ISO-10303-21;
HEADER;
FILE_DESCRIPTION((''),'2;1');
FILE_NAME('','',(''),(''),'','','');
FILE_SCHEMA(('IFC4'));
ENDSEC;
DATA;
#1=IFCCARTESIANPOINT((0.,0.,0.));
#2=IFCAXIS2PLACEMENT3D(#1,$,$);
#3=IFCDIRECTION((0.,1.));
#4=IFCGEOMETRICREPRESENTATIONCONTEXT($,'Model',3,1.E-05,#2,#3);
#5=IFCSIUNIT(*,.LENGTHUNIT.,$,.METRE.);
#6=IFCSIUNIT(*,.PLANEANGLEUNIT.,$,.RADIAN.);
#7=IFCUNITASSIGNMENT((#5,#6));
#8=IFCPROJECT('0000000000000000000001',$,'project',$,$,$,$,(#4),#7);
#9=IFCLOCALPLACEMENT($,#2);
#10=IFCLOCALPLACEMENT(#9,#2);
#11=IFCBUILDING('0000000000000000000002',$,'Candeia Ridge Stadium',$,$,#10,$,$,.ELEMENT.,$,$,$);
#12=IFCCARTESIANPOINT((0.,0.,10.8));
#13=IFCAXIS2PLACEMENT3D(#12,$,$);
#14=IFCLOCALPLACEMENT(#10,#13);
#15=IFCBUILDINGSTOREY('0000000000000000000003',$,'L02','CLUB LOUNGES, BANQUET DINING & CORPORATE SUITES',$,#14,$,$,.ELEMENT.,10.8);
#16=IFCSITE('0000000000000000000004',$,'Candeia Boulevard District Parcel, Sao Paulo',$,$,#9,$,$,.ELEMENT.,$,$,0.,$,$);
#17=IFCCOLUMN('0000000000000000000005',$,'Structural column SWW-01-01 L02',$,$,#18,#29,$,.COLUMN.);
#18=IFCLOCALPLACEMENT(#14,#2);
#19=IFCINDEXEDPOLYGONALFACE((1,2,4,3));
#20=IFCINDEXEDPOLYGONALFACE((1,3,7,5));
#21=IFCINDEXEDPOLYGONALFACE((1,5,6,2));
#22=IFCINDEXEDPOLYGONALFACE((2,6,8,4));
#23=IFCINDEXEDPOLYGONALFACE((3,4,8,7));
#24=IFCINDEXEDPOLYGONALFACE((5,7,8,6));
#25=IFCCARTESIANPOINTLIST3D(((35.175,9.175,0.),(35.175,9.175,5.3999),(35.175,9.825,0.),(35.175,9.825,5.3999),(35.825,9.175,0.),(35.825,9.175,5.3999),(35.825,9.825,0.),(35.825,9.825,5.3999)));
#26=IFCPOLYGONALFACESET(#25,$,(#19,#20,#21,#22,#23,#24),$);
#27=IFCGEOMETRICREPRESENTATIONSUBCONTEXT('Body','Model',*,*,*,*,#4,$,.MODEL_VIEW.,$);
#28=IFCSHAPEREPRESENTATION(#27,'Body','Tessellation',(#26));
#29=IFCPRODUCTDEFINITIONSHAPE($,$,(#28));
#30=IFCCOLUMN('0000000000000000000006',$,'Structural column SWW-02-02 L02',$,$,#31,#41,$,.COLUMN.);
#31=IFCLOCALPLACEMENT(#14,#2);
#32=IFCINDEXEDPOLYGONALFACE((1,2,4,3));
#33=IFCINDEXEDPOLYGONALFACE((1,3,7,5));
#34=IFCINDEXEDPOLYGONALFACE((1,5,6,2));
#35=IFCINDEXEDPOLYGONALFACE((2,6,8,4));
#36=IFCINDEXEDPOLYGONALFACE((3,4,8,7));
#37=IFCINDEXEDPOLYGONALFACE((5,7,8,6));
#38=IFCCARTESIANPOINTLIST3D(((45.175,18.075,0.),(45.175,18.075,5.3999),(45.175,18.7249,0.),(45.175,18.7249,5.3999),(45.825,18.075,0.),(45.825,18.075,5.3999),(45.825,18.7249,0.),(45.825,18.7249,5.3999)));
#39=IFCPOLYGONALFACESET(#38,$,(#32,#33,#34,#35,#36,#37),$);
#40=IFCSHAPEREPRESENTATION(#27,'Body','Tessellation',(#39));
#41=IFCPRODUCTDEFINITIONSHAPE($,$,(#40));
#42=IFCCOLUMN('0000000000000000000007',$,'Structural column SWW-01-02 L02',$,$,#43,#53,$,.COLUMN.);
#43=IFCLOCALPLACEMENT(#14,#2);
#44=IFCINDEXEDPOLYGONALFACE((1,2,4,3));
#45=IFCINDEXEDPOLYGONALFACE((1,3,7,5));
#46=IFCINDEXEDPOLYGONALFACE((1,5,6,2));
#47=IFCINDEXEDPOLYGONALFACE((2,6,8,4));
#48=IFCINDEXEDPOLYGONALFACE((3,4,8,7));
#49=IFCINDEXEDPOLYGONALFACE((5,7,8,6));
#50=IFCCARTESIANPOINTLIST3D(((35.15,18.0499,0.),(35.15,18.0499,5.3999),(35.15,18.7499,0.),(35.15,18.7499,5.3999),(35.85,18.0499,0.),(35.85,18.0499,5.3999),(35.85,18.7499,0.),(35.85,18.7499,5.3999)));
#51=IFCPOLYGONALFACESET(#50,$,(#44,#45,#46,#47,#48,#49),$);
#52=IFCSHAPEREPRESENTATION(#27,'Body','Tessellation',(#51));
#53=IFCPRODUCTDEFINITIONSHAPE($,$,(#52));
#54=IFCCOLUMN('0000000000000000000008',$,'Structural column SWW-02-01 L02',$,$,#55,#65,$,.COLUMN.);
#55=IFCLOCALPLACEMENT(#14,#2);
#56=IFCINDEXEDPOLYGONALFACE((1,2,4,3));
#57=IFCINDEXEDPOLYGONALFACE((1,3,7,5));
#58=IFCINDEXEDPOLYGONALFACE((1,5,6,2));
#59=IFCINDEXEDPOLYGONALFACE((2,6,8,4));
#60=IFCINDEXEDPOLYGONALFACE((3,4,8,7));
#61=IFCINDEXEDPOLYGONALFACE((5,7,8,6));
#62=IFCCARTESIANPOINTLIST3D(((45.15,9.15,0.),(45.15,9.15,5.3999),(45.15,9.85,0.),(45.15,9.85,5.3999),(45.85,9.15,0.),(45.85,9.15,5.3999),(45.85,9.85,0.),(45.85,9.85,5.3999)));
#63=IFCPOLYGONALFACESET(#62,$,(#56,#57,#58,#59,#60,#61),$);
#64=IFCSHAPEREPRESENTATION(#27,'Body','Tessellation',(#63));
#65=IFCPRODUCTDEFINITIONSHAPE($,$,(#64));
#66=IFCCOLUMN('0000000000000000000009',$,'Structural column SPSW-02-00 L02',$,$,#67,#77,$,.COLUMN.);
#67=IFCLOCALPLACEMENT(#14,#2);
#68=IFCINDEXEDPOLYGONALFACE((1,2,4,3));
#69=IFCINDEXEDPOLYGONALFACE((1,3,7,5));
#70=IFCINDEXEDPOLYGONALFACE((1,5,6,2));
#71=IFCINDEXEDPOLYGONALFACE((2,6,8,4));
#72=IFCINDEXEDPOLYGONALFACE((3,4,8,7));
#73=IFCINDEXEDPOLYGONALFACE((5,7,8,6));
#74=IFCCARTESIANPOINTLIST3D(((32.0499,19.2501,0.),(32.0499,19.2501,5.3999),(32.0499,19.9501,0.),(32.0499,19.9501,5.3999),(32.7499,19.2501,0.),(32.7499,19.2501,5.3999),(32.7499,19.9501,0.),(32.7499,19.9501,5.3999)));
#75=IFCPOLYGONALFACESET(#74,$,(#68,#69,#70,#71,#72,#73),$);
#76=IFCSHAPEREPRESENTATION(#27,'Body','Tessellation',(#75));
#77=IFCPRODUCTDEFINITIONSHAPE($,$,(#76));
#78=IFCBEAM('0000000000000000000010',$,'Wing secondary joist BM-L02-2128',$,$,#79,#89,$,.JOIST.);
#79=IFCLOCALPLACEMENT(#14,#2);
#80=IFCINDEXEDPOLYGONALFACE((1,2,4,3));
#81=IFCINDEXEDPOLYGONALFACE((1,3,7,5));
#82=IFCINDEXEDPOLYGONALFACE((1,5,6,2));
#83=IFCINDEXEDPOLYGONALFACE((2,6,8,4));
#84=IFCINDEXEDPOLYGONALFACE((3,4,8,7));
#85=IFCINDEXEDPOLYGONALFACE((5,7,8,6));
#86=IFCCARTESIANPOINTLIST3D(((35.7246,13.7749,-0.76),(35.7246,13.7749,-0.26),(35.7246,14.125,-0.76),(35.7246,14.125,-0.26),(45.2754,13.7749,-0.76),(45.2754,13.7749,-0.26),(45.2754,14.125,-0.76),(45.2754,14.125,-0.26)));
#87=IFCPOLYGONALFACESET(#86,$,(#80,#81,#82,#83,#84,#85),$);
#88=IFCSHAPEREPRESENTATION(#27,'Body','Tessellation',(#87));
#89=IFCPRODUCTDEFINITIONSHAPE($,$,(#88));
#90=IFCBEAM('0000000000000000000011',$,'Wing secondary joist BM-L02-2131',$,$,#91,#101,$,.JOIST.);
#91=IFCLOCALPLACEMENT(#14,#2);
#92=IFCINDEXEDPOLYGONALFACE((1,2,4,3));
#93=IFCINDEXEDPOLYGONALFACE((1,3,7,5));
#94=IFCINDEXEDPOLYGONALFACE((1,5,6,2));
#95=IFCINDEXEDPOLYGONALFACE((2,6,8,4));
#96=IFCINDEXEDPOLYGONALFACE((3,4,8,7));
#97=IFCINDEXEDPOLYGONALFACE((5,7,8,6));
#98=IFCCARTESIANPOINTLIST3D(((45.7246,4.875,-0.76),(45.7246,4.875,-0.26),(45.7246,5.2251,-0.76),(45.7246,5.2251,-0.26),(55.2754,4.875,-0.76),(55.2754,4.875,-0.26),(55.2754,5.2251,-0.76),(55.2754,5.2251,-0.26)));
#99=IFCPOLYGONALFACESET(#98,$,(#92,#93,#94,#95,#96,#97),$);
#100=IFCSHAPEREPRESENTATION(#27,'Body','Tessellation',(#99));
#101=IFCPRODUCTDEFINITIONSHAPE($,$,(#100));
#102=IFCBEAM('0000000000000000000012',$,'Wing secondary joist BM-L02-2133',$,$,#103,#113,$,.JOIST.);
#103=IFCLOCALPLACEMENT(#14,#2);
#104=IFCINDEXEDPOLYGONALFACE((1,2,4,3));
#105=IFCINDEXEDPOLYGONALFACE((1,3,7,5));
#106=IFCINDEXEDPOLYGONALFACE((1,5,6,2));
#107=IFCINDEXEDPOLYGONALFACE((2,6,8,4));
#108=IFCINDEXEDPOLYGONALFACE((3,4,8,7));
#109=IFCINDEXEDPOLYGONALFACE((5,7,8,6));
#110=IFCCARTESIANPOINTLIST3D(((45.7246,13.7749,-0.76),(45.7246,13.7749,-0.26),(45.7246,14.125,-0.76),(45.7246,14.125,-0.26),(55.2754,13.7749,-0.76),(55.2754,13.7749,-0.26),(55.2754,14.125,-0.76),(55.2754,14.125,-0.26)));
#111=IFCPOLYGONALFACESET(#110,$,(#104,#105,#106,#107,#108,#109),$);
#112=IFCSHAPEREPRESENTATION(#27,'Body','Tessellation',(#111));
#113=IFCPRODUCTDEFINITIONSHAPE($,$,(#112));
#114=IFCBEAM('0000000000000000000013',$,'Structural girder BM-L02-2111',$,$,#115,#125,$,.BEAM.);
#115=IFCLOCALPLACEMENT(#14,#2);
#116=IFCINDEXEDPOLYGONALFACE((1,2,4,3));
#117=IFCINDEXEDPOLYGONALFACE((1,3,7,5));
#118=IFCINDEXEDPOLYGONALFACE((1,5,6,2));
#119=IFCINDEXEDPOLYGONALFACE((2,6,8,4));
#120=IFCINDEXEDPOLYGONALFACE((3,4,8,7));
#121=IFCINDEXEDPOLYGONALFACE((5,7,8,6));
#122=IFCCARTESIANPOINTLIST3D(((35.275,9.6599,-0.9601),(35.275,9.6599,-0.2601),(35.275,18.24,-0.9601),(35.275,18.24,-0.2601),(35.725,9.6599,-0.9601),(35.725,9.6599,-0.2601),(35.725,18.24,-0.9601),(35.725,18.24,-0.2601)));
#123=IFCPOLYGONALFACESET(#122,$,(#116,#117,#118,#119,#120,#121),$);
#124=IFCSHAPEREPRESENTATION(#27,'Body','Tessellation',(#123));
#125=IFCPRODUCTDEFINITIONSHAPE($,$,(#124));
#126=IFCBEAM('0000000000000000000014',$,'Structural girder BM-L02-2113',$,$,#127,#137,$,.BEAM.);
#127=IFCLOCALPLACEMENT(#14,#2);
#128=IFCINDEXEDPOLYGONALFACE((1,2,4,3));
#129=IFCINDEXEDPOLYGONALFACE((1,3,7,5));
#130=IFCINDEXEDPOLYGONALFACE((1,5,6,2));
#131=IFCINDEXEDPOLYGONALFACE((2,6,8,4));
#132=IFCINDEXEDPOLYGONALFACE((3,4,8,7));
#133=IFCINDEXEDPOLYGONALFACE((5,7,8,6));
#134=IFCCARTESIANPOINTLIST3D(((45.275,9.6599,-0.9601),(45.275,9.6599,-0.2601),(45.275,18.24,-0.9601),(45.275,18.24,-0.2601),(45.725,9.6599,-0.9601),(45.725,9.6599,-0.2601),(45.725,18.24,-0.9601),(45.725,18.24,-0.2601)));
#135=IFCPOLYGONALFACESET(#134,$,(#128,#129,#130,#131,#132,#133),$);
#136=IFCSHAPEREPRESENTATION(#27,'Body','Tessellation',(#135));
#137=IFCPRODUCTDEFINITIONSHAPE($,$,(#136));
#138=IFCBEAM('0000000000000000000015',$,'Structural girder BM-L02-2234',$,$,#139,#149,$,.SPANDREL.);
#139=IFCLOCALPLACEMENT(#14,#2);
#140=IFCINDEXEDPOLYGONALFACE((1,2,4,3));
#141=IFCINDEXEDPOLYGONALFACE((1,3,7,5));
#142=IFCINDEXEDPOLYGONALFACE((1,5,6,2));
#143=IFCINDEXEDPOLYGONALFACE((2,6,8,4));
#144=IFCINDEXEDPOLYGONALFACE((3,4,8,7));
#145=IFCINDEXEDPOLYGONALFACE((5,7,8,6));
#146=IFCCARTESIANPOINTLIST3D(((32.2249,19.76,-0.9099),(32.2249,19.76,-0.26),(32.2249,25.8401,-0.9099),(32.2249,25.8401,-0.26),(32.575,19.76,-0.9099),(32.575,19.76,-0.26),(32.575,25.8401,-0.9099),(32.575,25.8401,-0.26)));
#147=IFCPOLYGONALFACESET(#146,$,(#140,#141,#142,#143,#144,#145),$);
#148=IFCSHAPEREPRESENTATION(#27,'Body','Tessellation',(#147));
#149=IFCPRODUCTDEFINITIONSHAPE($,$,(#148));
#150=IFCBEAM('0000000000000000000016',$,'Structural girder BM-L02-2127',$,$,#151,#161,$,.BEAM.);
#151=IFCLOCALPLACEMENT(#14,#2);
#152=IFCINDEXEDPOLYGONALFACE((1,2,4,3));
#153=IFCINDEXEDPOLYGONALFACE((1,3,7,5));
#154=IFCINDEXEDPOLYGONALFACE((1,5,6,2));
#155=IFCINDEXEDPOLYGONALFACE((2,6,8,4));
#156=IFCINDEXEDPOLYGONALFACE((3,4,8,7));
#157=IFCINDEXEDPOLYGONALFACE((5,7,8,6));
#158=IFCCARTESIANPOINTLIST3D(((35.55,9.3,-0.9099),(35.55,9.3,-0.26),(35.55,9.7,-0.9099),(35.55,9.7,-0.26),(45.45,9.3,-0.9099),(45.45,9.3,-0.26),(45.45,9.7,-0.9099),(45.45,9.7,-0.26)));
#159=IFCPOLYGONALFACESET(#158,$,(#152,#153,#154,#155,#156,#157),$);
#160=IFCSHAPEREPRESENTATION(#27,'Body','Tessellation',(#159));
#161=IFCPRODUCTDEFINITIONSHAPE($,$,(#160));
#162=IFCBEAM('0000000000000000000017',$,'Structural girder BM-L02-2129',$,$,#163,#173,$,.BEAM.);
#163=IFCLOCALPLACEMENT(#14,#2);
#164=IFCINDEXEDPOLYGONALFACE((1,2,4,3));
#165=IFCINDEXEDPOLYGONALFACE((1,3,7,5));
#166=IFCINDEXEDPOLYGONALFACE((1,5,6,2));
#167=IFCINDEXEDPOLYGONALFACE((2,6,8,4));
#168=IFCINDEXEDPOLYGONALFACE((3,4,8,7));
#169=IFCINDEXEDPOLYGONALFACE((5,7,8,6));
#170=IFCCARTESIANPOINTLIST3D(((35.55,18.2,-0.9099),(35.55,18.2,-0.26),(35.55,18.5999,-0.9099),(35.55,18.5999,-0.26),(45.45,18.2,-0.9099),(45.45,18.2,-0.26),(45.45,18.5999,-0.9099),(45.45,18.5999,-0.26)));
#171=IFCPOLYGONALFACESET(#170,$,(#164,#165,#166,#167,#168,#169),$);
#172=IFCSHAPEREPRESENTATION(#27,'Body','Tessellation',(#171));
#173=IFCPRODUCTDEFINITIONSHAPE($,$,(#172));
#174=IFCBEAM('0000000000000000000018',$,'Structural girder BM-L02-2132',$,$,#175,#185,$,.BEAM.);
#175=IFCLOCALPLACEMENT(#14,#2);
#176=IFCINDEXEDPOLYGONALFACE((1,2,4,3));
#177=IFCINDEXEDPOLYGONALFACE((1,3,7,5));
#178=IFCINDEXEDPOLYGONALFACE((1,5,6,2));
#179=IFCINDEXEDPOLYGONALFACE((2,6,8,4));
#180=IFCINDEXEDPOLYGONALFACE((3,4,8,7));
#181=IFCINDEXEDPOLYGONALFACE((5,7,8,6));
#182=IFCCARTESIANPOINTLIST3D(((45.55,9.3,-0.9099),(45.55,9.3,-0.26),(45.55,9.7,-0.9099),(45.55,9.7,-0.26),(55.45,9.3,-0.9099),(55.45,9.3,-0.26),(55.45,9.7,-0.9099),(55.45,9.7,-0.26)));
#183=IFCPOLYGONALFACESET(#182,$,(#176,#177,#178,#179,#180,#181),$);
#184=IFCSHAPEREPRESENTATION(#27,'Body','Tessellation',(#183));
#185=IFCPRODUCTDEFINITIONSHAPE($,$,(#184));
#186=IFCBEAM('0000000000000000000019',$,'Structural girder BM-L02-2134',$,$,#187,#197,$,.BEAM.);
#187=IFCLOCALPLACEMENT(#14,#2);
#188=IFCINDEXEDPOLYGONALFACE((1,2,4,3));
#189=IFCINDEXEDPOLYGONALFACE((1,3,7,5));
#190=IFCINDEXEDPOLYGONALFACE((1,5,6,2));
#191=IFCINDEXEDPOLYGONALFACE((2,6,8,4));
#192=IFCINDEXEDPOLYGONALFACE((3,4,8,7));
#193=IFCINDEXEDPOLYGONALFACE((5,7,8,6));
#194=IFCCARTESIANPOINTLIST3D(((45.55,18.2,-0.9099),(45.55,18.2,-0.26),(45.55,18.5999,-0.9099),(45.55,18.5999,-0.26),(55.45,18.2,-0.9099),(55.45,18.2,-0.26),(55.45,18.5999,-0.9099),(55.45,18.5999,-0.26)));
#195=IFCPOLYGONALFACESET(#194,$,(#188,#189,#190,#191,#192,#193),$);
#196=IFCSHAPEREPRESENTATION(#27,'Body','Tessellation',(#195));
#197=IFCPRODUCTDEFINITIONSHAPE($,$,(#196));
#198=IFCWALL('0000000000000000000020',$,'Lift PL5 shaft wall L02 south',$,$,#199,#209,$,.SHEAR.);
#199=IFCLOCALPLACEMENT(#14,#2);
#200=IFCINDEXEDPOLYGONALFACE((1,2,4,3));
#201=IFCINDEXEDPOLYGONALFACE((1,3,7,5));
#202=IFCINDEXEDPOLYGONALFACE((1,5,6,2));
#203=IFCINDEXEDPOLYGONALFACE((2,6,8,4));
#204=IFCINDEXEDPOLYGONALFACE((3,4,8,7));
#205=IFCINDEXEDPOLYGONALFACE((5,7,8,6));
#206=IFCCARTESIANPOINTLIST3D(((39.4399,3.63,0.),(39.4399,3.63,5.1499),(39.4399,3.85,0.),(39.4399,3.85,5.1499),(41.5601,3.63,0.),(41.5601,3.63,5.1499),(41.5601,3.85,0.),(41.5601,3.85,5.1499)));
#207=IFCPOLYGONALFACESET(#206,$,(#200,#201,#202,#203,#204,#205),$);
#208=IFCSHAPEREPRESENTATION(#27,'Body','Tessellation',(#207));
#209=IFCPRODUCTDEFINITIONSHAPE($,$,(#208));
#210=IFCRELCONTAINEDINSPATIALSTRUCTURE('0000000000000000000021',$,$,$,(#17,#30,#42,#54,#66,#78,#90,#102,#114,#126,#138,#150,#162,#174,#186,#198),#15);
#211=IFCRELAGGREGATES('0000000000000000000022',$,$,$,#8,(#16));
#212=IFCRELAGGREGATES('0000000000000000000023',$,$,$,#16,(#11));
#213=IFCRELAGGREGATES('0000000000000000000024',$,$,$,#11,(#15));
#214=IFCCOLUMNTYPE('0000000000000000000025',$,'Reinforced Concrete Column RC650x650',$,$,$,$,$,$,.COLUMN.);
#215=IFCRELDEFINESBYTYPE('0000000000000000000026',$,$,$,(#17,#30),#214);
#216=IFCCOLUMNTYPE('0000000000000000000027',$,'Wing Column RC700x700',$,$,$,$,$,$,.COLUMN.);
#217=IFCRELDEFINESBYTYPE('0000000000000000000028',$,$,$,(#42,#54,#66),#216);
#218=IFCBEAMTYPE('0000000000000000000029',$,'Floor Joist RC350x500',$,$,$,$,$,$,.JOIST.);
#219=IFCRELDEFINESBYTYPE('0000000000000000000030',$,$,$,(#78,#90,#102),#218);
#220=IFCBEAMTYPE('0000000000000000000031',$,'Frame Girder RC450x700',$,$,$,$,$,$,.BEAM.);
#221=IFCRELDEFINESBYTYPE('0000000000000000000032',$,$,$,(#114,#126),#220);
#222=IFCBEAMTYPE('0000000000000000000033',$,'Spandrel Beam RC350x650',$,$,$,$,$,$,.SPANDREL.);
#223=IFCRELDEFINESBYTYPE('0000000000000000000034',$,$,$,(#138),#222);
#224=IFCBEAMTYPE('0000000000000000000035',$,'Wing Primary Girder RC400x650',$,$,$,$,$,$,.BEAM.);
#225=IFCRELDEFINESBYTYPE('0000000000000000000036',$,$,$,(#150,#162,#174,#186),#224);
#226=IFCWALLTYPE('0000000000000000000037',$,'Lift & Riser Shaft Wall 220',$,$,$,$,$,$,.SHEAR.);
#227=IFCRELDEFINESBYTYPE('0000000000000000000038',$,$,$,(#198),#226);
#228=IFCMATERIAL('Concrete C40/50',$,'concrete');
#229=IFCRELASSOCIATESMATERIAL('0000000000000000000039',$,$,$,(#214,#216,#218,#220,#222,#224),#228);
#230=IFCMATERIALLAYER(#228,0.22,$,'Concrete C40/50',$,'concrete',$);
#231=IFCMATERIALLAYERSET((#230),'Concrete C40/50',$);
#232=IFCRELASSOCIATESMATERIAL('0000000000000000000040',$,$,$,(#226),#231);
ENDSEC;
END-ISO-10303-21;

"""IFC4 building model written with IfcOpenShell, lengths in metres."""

from ifc_helpers import new_model, si_unit, direction, frame, frame_2d, origin, origin_2d, place, context, subcontext, project, spatial, rectangle, extrude, material, layer, layer_set, material_profile, profile_set, type_object, element, save


model = new_model("IFC4")

# Units and contexts
model_context = context("Model", 3, precision=1e-05, world=origin(), true_north=direction((0.0, 1.0)))
body_context = subcontext(model_context, "Body", "Model", "MODEL_VIEW")
ifc_project = project(units=[si_unit("LENGTHUNIT", "METRE"), si_unit("PLANEANGLEUNIT", "RADIAN")], contexts=[model_context])

# Site, building, storey
site_placement = place(None, origin())
site = spatial("IfcSite", under=ifc_project, at=site_placement, Name="Candeia Boulevard District Parcel, Sao Paulo", CompositionType="ELEMENT", RefElevation=0.0)
building_placement = place(site_placement, origin())
building = spatial("IfcBuilding", under=site, at=building_placement, Name="Candeia Ridge Stadium", CompositionType="ELEMENT")
storey_placement = place(building_placement, frame((0.0, 0.0, 10.8)))
storey = spatial("IfcBuildingStorey", under=building, at=storey_placement, Name="L02", Description="CLUB LOUNGES, BANQUET DINING & CORPORATE SUITES", CompositionType="ELEMENT", Elevation=10.8)

# Columns
ifc_material_1 = material(Name="Concrete C40/50", Category="concrete")
ifc_material_profile_1 = material_profile(ifc_material_1, rectangle(XDim=0.6499, YDim=0.6499, at=origin_2d()), Name="RC650x650", Category="concrete")
ifc_profile_set_1 = profile_set([ifc_material_profile_1], Name="Concrete C40/50")
column_type_1 = type_object("IfcColumnType", Name="Reinforced Concrete Column RC650x650", PredefinedType="COLUMN", material=ifc_profile_set_1)
for number, where, z_axis, x_axis, name in (
    (1, (35.5, 9.5, 0.0), (0.0, 0.0, 1.0), (1.0, 0.0, 0.0), "Structural column SWW-01-01 L02"),
    (2, (45.5, 18.3999, 0.0), (0.0, 0.0, 1.0), (1.0, 0.0, 0.0), "Structural column SWW-02-02 L02"),
):
    element("IfcColumn", number, at=place(storey_placement, frame(where, z_axis=z_axis, x_axis=x_axis)), inside=storey, type_object=column_type_1, Name=name, PredefinedType="COLUMN", context=body_context, shape_type="SweptSolid", body=[
        extrude(rectangle(XDim=0.6499, YDim=0.6499, at=origin_2d()), origin(), (0.0, 0.0, 1.0), 5.3999),
    ])
ifc_material_profile_2 = material_profile(ifc_material_1, rectangle(XDim=0.7, YDim=0.7, at=origin_2d()), Name="RC700x700", Category="concrete")
ifc_profile_set_2 = profile_set([ifc_material_profile_2], Name="Concrete C40/50")
column_type_2 = type_object("IfcColumnType", Name="Wing Column RC700x700", PredefinedType="COLUMN", material=ifc_profile_set_2)
for number, where, z_axis, x_axis, name in (
    (3, (35.5, 18.3999, 0.0), (0.0, 0.0, 1.0), (1.0, 0.0, 0.0), "Structural column SWW-01-02 L02"),
    (4, (45.5, 9.5, 0.0), (0.0, 0.0, 1.0), (1.0, 0.0, 0.0), "Structural column SWW-02-01 L02"),
    (5, (32.3999, 19.6001, 0.0), (0.0, 0.0, 1.0), (1.0, 0.0, 0.0), "Structural column SPSW-02-00 L02"),
):
    element("IfcColumn", number, at=place(storey_placement, frame(where, z_axis=z_axis, x_axis=x_axis)), inside=storey, type_object=column_type_2, Name=name, PredefinedType="COLUMN", context=body_context, shape_type="SweptSolid", body=[
        extrude(rectangle(XDim=0.7, YDim=0.7, at=origin_2d()), origin(), (0.0, 0.0, 1.0), 5.3999),
    ])

# Beams
ifc_material_profile_3 = material_profile(ifc_material_1, rectangle(XDim=0.3501, YDim=0.5, at=origin_2d()), Name="RC350x500", Category="concrete")
ifc_profile_set_3 = profile_set([ifc_material_profile_3], Name="Concrete C40/50")
beam_type_1 = type_object("IfcBeamType", Name="Floor Joist RC350x500", PredefinedType="JOIST", material=ifc_profile_set_3)
for number, where, z_axis, x_axis, name in (
    (6, (35.7246, 13.95, -0.51), (1.0, 0.0, 0.0), (0.0, 1.0, 0.0), "Wing secondary joist BM-L02-2128"),
    (7, (45.7246, 5.05, -0.51), (1.0, 0.0, 0.0), (0.0, 1.0, 0.0), "Wing secondary joist BM-L02-2131"),
    (8, (45.7246, 13.95, -0.51), (1.0, 0.0, 0.0), (0.0, 1.0, 0.0), "Wing secondary joist BM-L02-2133"),
):
    element("IfcBeam", number, at=place(storey_placement, frame(where, z_axis=z_axis, x_axis=x_axis)), inside=storey, type_object=beam_type_1, Name=name, PredefinedType="JOIST", context=body_context, shape_type="SweptSolid", body=[
        extrude(rectangle(XDim=0.3501, YDim=0.5, at=origin_2d()), origin(), (0.0, 0.0, 1.0), 9.5508),
    ])
ifc_material_profile_4 = material_profile(ifc_material_1, rectangle(XDim=0.45, YDim=0.7, at=origin_2d()), Name="RC450x700", Category="concrete")
ifc_profile_set_4 = profile_set([ifc_material_profile_4], Name="Concrete C40/50")
beam_type_2 = type_object("IfcBeamType", Name="Frame Girder RC450x700", PredefinedType="BEAM", material=ifc_profile_set_4)
for number, where, z_axis, x_axis, name in (
    (9, (35.5, 9.6599, -0.6101), (0.0, 1.0, 0.0), (-1.0, 0.0, 0.0), "Structural girder BM-L02-2111"),
    (10, (45.5, 9.6599, -0.6101), (0.0, 1.0, 0.0), (-1.0, 0.0, 0.0), "Structural girder BM-L02-2113"),
):
    element("IfcBeam", number, at=place(storey_placement, frame(where, z_axis=z_axis, x_axis=x_axis)), inside=storey, type_object=beam_type_2, Name=name, PredefinedType="BEAM", context=body_context, shape_type="SweptSolid", body=[
        extrude(rectangle(XDim=0.45, YDim=0.7, at=origin_2d()), origin(), (0.0, 0.0, 1.0), 8.5801),
    ])
ifc_material_profile_5 = material_profile(ifc_material_1, rectangle(XDim=0.3501, YDim=0.6499, at=origin_2d()), Name="RC350x650", Category="concrete")
ifc_profile_set_5 = profile_set([ifc_material_profile_5], Name="Concrete C40/50")
beam_type_3 = type_object("IfcBeamType", Name="Spandrel Beam RC350x650", PredefinedType="SPANDREL", material=ifc_profile_set_5)
beam_placement = place(storey_placement, frame((32.3999, 19.76, -0.585), z_axis=(0.0, 1.0, 0.0), x_axis=(-1.0, 0.0, 0.0)))
element("IfcBeam", 11, at=beam_placement, inside=storey, type_object=beam_type_3, Name="Structural girder BM-L02-2234", PredefinedType="SPANDREL", context=body_context, shape_type="SweptSolid", body=[
    extrude(rectangle(XDim=0.3501, YDim=0.6499, at=origin_2d()), origin(), (0.0, 0.0, 1.0), 6.0801),
])
ifc_material_profile_6 = material_profile(ifc_material_1, rectangle(XDim=0.3999, YDim=0.6499, at=origin_2d()), Name="RC400x650", Category="concrete")
ifc_profile_set_6 = profile_set([ifc_material_profile_6], Name="Concrete C40/50")
beam_type_4 = type_object("IfcBeamType", Name="Wing Primary Girder RC400x650", PredefinedType="BEAM", material=ifc_profile_set_6)
for number, where, z_axis, x_axis, name in (
    (12, (35.55, 9.5, -0.585), (1.0, 0.0, 0.0), (0.0, 1.0, 0.0), "Structural girder BM-L02-2127"),
    (13, (35.55, 18.3999, -0.585), (1.0, 0.0, 0.0), (0.0, 1.0, 0.0), "Structural girder BM-L02-2129"),
    (14, (45.55, 9.5, -0.585), (1.0, 0.0, 0.0), (0.0, 1.0, 0.0), "Structural girder BM-L02-2132"),
    (15, (45.55, 18.3999, -0.585), (1.0, 0.0, 0.0), (0.0, 1.0, 0.0), "Structural girder BM-L02-2134"),
):
    element("IfcBeam", number, at=place(storey_placement, frame(where, z_axis=z_axis, x_axis=x_axis)), inside=storey, type_object=beam_type_4, Name=name, PredefinedType="BEAM", context=body_context, shape_type="SweptSolid", body=[
        extrude(rectangle(XDim=0.3999, YDim=0.6499, at=origin_2d()), origin(), (0.0, 0.0, 1.0), 9.8999),
    ])

# Wall
ifc_layer_1 = layer(ifc_material_1, 0.22, Name="Concrete C40/50", Category="concrete")
ifc_layer_set_1 = layer_set([ifc_layer_1], Name="Concrete C40/50")
wall_type = type_object("IfcWallType", Name="Lift & Riser Shaft Wall 220", PredefinedType="SHEAR", material=ifc_layer_set_1)
wall_1_placement = place(storey_placement, frame((39.4399, 3.74, 0.0), z_axis=(0.0, 0.0, 1.0), x_axis=(1.0, 0.0, 0.0)))
element("IfcWall", 16, at=wall_1_placement, inside=storey, type_object=wall_type, Name="Lift PL5 shaft wall L02 south", PredefinedType="SHEAR", context=body_context, shape_type="SweptSolid", body=[
    extrude(rectangle(XDim=2.1201, YDim=0.22, at=frame_2d((1.0601, 0.0))), origin(), (0.0, 0.0, 1.0), 5.1499),
])

save(model, "model.ifc")
